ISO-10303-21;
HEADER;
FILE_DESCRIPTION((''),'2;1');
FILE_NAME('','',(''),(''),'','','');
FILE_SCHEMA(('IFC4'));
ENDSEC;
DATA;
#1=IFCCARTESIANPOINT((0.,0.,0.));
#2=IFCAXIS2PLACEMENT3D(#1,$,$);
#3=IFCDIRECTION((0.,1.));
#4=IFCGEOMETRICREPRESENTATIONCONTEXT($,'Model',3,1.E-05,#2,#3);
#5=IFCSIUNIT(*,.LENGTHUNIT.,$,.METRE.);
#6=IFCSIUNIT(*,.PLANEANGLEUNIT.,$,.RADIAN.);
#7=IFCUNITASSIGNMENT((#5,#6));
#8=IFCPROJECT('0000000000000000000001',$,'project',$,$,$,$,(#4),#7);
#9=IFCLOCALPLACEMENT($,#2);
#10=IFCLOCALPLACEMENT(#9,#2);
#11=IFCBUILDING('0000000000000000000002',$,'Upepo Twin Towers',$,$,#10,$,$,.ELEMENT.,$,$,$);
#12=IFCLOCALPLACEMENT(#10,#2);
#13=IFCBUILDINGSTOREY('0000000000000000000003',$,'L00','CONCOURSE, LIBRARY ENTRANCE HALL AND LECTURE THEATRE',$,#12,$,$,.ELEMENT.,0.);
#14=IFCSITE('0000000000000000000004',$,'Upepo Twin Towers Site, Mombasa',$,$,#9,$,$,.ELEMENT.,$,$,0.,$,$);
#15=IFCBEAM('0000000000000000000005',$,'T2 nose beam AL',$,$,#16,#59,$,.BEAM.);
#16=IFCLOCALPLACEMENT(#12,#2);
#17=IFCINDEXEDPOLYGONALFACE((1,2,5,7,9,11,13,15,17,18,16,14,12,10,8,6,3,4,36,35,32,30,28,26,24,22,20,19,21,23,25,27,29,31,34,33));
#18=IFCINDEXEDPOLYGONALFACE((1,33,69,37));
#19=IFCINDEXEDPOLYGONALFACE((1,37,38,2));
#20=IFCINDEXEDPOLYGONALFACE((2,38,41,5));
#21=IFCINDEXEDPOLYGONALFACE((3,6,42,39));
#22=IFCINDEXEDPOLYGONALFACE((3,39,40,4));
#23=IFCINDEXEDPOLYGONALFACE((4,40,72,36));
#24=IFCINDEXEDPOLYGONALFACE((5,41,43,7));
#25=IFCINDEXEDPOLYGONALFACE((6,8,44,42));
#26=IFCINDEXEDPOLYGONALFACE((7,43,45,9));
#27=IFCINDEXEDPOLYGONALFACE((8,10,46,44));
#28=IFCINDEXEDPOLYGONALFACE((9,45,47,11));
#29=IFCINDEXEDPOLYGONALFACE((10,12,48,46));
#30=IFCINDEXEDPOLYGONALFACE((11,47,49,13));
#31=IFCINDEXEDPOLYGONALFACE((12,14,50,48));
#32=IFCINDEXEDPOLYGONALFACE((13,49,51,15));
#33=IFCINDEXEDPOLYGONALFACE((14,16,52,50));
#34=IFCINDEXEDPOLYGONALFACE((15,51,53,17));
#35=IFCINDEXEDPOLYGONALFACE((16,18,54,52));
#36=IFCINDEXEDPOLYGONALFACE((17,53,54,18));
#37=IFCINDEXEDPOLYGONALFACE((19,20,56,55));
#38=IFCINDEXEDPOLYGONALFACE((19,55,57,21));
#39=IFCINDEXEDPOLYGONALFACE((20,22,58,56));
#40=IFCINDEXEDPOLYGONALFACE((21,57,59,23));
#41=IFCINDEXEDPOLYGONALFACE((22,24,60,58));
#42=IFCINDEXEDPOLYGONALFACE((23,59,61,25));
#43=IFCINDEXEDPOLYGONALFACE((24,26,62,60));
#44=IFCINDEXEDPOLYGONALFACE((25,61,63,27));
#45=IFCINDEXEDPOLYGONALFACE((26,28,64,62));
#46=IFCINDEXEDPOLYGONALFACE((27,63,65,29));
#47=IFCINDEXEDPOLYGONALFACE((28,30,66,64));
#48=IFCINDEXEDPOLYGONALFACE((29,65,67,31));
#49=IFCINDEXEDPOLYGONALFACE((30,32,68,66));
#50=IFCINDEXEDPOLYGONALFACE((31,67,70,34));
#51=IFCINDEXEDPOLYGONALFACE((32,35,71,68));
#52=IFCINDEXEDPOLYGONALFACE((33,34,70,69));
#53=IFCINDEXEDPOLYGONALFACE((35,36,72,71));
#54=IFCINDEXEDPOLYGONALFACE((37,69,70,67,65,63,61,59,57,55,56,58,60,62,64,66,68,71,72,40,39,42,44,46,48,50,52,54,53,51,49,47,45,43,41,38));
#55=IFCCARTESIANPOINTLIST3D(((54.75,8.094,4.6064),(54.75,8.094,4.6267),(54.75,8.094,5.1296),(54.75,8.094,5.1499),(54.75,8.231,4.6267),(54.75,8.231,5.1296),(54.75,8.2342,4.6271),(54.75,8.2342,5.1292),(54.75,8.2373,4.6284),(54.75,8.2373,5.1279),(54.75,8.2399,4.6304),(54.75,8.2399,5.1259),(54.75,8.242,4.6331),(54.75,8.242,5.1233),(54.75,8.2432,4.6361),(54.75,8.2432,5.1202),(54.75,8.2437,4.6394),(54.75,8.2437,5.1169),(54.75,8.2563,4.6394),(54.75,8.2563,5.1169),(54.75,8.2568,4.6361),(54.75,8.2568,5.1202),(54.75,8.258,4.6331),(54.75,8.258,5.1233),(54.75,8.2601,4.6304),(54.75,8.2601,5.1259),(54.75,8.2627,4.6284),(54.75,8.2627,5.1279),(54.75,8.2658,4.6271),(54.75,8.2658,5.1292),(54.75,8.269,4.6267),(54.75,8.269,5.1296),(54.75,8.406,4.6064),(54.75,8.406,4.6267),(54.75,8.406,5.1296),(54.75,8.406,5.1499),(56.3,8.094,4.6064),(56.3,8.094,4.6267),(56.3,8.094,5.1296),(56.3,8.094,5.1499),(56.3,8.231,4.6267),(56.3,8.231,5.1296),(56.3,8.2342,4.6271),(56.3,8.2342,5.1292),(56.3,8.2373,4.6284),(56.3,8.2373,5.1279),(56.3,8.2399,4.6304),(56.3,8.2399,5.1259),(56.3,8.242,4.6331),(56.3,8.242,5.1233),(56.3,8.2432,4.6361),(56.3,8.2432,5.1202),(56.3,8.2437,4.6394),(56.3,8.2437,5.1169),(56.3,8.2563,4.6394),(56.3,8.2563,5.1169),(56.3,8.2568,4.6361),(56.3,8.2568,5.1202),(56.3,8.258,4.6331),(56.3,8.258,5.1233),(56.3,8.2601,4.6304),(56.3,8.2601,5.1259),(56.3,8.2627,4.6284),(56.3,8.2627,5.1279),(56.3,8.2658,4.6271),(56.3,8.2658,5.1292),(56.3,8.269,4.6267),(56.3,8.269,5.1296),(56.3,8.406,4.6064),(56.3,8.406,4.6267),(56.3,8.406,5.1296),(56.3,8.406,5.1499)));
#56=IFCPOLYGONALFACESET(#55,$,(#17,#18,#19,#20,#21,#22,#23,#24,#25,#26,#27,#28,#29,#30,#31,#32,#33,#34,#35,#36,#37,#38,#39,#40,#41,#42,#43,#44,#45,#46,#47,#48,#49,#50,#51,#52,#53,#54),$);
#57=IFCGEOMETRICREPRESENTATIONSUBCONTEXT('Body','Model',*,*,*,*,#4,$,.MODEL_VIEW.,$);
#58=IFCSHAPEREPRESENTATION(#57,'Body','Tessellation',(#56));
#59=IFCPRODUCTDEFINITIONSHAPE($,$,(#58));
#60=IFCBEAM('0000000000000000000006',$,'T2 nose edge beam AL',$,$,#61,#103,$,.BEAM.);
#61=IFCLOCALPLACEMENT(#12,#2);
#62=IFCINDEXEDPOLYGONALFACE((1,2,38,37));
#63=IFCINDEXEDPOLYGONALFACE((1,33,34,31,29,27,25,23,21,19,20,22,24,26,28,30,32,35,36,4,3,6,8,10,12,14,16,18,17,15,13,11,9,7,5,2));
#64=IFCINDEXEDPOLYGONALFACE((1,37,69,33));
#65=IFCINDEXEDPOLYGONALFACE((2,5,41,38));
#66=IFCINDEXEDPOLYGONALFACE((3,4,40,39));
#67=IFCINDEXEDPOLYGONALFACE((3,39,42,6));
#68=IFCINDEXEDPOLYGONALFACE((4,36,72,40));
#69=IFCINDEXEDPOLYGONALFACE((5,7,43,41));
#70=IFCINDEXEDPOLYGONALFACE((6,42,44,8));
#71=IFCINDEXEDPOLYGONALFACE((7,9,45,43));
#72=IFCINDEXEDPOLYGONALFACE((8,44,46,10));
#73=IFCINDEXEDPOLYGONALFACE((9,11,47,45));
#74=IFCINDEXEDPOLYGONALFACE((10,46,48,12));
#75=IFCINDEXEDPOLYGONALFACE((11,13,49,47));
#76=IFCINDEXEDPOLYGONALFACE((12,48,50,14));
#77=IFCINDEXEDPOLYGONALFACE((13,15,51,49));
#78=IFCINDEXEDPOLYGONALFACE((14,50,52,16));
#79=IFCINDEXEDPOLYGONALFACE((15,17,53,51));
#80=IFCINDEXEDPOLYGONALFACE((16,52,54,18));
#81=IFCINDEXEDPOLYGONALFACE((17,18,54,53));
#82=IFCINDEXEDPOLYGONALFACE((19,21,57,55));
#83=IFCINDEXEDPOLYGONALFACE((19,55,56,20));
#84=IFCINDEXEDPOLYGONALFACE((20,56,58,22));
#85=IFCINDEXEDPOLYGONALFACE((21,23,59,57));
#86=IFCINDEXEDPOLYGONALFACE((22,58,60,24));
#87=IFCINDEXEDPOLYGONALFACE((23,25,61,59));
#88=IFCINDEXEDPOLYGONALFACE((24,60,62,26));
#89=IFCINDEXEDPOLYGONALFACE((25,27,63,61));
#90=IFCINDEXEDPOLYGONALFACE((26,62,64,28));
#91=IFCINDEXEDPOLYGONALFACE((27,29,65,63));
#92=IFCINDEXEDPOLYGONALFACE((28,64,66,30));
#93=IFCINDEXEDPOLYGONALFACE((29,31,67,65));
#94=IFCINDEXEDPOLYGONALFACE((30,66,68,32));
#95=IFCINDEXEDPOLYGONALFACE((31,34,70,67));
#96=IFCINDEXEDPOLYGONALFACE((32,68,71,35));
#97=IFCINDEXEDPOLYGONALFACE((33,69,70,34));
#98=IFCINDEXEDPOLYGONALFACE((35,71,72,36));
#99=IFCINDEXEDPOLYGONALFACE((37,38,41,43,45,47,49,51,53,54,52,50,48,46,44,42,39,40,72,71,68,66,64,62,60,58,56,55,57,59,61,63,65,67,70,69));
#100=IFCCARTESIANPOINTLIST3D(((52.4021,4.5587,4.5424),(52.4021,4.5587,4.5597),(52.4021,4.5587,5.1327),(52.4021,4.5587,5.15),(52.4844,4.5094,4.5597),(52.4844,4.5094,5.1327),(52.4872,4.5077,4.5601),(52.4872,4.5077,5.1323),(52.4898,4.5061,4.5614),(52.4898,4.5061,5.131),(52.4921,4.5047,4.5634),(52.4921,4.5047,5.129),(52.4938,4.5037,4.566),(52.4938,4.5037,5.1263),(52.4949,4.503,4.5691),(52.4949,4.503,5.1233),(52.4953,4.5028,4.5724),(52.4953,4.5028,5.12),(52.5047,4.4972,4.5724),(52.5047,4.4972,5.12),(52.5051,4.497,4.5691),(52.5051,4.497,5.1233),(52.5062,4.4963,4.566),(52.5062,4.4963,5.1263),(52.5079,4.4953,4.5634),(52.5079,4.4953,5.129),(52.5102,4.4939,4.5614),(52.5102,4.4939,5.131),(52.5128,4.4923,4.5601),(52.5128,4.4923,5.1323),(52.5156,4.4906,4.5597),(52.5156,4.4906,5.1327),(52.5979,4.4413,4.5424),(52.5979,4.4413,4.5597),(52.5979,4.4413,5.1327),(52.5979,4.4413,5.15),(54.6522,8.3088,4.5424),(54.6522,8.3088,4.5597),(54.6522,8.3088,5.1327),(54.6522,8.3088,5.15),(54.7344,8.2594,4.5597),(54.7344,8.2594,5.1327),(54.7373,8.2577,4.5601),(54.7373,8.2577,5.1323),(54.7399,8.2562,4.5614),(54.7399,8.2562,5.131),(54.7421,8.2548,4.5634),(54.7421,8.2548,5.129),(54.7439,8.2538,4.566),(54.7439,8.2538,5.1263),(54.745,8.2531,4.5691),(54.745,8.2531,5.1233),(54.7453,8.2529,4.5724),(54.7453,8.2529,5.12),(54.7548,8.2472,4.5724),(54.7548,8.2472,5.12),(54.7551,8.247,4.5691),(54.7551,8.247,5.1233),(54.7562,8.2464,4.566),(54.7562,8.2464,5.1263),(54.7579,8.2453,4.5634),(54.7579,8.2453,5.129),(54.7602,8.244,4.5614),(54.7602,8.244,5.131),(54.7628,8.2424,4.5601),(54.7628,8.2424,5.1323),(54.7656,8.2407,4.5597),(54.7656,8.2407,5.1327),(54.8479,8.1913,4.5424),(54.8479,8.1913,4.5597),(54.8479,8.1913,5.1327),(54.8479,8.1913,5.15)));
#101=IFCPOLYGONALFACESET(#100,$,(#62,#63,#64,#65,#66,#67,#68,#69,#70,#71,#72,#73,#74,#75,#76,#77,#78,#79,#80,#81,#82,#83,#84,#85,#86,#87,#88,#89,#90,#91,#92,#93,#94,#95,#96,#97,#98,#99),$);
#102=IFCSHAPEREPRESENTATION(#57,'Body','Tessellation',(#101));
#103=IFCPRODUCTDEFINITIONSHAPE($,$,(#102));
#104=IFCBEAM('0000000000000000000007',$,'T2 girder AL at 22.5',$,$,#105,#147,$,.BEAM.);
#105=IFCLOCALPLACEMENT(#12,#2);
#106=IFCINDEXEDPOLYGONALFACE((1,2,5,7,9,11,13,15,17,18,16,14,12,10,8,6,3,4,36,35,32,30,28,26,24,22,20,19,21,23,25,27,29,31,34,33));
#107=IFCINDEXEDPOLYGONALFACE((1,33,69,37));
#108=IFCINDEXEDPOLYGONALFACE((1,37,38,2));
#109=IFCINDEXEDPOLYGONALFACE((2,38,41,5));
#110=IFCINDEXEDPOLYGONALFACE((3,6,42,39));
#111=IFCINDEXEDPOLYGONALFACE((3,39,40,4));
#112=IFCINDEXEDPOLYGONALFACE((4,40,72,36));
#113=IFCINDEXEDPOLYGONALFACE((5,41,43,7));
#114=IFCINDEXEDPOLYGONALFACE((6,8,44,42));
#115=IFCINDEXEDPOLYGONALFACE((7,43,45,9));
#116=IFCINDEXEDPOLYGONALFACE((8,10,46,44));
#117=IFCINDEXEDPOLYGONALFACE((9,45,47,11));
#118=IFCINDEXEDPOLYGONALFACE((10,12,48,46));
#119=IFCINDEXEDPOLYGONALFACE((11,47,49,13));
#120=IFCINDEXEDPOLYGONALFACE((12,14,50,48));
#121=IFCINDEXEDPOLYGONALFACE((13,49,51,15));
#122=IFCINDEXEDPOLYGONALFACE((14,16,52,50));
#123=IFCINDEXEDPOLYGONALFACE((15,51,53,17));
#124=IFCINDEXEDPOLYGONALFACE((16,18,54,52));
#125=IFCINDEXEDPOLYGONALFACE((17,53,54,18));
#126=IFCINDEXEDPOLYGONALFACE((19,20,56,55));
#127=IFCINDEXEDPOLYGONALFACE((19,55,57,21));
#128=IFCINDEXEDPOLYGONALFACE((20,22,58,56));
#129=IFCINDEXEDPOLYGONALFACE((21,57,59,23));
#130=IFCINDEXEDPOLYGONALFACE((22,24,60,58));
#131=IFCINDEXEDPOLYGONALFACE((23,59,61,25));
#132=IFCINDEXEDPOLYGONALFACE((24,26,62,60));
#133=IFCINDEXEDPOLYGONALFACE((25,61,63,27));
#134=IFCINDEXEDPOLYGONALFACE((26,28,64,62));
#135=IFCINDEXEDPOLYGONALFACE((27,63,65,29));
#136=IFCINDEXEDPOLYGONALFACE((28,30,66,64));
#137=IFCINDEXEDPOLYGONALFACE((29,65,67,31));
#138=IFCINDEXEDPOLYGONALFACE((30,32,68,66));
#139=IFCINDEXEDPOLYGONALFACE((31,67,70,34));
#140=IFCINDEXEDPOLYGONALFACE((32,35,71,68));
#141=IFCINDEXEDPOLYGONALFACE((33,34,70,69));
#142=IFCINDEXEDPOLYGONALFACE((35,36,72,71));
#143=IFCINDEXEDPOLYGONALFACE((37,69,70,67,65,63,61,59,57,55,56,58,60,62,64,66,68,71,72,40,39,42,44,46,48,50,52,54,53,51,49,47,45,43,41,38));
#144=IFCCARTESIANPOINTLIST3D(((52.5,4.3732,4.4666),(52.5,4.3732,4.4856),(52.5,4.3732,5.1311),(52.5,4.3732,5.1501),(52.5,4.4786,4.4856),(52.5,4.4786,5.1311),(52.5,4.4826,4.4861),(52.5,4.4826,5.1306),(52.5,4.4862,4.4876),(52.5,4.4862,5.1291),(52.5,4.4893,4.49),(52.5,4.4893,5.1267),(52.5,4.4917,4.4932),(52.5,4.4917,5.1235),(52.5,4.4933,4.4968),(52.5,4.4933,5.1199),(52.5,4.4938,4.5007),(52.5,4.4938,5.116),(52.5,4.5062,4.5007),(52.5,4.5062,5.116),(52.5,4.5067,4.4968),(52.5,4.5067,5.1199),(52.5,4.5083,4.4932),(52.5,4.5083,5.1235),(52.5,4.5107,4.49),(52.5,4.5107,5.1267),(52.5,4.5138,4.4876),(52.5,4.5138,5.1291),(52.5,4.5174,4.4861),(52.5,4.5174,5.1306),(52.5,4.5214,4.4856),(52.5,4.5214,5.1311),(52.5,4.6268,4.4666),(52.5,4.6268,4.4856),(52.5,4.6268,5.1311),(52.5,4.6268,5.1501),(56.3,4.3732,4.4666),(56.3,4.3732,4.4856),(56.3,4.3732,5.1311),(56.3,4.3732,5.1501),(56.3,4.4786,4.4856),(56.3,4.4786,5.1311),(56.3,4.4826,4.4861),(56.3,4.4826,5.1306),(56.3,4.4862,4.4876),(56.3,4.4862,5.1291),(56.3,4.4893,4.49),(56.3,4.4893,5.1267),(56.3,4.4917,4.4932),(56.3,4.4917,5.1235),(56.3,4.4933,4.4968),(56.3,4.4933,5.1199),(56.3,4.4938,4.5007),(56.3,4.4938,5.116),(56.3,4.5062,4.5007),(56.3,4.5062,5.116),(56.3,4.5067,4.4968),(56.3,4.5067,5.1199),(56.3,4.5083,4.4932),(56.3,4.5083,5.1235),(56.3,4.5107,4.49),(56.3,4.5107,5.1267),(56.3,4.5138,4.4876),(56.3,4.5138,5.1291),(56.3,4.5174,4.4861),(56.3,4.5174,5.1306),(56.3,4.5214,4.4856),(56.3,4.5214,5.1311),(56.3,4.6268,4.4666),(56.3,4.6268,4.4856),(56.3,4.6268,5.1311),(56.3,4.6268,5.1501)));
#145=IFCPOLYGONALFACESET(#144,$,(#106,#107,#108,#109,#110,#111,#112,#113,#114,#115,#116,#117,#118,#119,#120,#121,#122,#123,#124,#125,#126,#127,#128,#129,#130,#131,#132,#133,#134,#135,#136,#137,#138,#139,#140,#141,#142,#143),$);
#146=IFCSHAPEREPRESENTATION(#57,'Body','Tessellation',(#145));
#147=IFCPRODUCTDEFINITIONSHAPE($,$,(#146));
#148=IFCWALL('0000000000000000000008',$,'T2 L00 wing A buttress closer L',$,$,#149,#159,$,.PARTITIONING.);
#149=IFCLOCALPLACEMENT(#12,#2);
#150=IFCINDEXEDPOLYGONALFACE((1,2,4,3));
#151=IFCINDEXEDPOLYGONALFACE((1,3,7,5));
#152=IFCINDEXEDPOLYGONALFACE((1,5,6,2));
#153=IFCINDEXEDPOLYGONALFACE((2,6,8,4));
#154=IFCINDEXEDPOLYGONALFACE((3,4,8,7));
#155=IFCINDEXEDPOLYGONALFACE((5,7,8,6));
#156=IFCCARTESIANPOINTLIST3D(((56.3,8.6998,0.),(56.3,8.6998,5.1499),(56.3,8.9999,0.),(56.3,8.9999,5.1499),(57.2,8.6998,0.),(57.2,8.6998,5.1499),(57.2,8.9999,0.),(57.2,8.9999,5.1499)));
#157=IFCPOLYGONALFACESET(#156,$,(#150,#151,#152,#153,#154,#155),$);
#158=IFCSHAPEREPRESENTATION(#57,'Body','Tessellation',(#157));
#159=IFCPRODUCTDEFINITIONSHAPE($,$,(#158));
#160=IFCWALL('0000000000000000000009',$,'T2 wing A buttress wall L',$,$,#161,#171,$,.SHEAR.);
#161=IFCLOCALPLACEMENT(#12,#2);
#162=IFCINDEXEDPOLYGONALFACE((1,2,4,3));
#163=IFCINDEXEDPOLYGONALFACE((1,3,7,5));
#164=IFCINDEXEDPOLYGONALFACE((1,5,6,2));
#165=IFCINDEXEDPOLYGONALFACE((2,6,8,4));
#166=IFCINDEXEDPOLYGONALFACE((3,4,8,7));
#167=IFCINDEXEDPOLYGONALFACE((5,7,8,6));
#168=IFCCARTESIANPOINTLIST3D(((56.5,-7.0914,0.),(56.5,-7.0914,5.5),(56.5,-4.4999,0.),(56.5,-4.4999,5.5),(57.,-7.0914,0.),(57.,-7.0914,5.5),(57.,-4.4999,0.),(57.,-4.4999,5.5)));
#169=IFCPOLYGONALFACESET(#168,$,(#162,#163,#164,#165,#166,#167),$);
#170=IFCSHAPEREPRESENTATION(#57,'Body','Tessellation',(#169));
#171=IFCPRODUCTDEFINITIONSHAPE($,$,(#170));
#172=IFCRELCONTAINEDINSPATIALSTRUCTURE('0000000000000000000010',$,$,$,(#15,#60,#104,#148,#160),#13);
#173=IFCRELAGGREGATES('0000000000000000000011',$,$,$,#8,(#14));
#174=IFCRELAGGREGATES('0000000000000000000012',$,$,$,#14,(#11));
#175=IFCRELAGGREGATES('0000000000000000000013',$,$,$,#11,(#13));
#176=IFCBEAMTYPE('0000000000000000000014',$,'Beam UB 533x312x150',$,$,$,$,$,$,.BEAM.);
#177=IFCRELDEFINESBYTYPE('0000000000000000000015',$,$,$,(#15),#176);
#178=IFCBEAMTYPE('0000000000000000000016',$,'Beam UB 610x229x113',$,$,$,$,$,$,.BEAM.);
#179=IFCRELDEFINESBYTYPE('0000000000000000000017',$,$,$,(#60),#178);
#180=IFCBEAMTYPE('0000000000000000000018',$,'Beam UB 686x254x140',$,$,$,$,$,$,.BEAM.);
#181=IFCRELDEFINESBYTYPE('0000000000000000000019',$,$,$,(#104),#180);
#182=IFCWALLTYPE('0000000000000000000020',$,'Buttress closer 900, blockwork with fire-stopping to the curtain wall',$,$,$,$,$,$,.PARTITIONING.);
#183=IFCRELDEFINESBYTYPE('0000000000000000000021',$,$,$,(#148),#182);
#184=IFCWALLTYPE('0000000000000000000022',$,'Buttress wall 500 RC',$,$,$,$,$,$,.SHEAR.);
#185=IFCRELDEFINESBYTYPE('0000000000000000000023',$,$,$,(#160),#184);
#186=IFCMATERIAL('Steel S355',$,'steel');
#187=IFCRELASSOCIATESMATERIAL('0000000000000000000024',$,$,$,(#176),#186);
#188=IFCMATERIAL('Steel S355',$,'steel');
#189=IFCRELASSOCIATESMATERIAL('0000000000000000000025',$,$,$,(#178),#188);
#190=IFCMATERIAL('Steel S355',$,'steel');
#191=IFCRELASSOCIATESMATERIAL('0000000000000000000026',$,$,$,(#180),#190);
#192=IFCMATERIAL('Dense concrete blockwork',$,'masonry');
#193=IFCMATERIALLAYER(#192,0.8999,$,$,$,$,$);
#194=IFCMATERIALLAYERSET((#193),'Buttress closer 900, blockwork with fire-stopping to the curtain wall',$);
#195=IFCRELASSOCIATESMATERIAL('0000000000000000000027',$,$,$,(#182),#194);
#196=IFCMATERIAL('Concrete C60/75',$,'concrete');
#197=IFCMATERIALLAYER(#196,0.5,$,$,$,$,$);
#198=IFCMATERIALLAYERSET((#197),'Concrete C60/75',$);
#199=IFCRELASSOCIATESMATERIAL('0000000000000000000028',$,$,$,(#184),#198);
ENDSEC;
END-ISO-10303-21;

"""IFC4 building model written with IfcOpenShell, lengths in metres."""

from ifc_helpers import new_model, si_unit, direction, frame, frame_2d, origin, origin_2d, place, context, subcontext, project, spatial, rectangle, i_section, extrude, material, layer, layer_set, material_profile, profile_set, type_object, element, save


model = new_model("IFC4")

# Units and contexts
model_context = context("Model", 3, precision=1e-05, world=origin(), true_north=direction((0.0, 1.0)))
body_context = subcontext(model_context, "Body", "Model", "MODEL_VIEW")
ifc_project = project(units=[si_unit("LENGTHUNIT", "METRE"), si_unit("PLANEANGLEUNIT", "RADIAN")], contexts=[model_context])

# Site, building, storey
site_placement = place(None, origin())
site = spatial("IfcSite", under=ifc_project, at=site_placement, Name="Upepo Twin Towers Site, Mombasa", CompositionType="ELEMENT", RefElevation=0.0)
building_placement = place(site_placement, origin())
building = spatial("IfcBuilding", under=site, at=building_placement, Name="Upepo Twin Towers", CompositionType="ELEMENT")
storey_placement = place(building_placement, origin())
storey = spatial("IfcBuildingStorey", under=building, at=storey_placement, Name="L00", Description="CONCOURSE, LIBRARY ENTRANCE HALL AND LECTURE THEATRE", CompositionType="ELEMENT", Elevation=0.0)

# Beams
ifc_material_1 = material(Name="Steel S355", Category="steel")
ifc_material_profile_1 = material_profile(ifc_material_1, i_section(OverallWidth=0.312, OverallDepth=0.5435, WebThickness=0.0127, FlangeThickness=0.0203, FilletRadius=0.0127, at=origin_2d()), Name="UB 533x312x150")
ifc_profile_set_1 = profile_set([ifc_material_profile_1], Name="Steel S355")
beam_type_1 = type_object("IfcBeamType", Name="Beam UB 533x312x150", PredefinedType="BEAM", material=ifc_profile_set_1)
beam_1_placement = place(storey_placement, frame((54.75, 8.25, 4.8782), z_axis=(1.0, 0.0, 0.0), x_axis=(0.0, 1.0, 0.0)))
element("IfcBeam", 1, at=beam_1_placement, inside=storey, type_object=beam_type_1, Name="T2 nose beam AL", PredefinedType="BEAM", context=body_context, shape_type="SweptSolid", body=[
    extrude(i_section(OverallWidth=0.312, OverallDepth=0.5435, WebThickness=0.0127, FlangeThickness=0.0203, FilletRadius=0.0127, at=origin_2d()), origin(), (0.0, 0.0, 1.0), 1.55),
])
ifc_material_2 = material(Name="Steel S355", Category="steel")
ifc_material_profile_2 = material_profile(ifc_material_2, i_section(OverallWidth=0.2283, OverallDepth=0.6077, WebThickness=0.011, FlangeThickness=0.0173, FilletRadius=0.0127, at=origin_2d()), Name="UB 610x229x113")
ifc_profile_set_2 = profile_set([ifc_material_profile_2], Name="Steel S355")
beam_type_2 = type_object("IfcBeamType", Name="Beam UB 610x229x113", PredefinedType="BEAM", material=ifc_profile_set_2)
beam_2_placement = place(storey_placement, frame((52.5, 4.5, 4.8462), z_axis=(0.514496, 0.857493, 0.0), x_axis=(-0.857493, 0.514496, 0.0)))
element("IfcBeam", 2, at=beam_2_placement, inside=storey, type_object=beam_type_2, Name="T2 nose edge beam AL", PredefinedType="BEAM", context=body_context, shape_type="SweptSolid", body=[
    extrude(i_section(OverallWidth=0.2283, OverallDepth=0.6077, WebThickness=0.011, FlangeThickness=0.0173, FilletRadius=0.0127, at=origin_2d()), origin(), (0.0, 0.0, 1.0), 4.3733),
])
ifc_material_3 = material(Name="Steel S355", Category="steel")
ifc_material_profile_3 = material_profile(ifc_material_3, i_section(OverallWidth=0.2537, OverallDepth=0.6836, WebThickness=0.0125, FlangeThickness=0.019, FilletRadius=0.0151, at=origin_2d()), Name="UB 686x254x140")
ifc_profile_set_3 = profile_set([ifc_material_profile_3], Name="Steel S355")
beam_type_3 = type_object("IfcBeamType", Name="Beam UB 686x254x140", PredefinedType="BEAM", material=ifc_profile_set_3)
beam_3_placement = place(storey_placement, frame((52.5, 4.5, 4.8083), z_axis=(1.0, 0.0, 0.0), x_axis=(0.0, 1.0, 0.0)))
element("IfcBeam", 3, at=beam_3_placement, inside=storey, type_object=beam_type_3, Name="T2 girder AL at 22.5", PredefinedType="BEAM", context=body_context, shape_type="SweptSolid", body=[
    extrude(i_section(OverallWidth=0.2537, OverallDepth=0.6836, WebThickness=0.0125, FlangeThickness=0.019, FilletRadius=0.0151, at=origin_2d()), origin(), (0.0, 0.0, 1.0), 3.8),
])

# Walls
ifc_material_4 = material(Name="Dense concrete blockwork", Category="masonry")
ifc_layer_1 = layer(ifc_material_4, 0.8999)
ifc_layer_set_1 = layer_set([ifc_layer_1], Name="Buttress closer 900, blockwork with fire-stopping to the curtain wall")
wall_type_1 = type_object("IfcWallType", Name="Buttress closer 900, blockwork with fire-stopping to the curtain wall", PredefinedType="PARTITIONING", material=ifc_layer_set_1)
wall_1_placement = place(storey_placement, frame((56.75, 8.7, 0.0), z_axis=(0.0, 0.0, 1.0), x_axis=(0.0, 1.0, 0.0)))
element("IfcWall", 4, at=wall_1_placement, inside=storey, type_object=wall_type_1, Name="T2 L00 wing A buttress closer L", PredefinedType="PARTITIONING", context=body_context, shape_type="SweptSolid", body=[
    extrude(rectangle(XDim=0.3, YDim=0.8999, at=frame_2d((0.1499, 0.0))), origin(), (0.0, 0.0, 1.0), 5.1499),
])
ifc_material_5 = material(Name="Concrete C60/75", Category="concrete")
ifc_layer_2 = layer(ifc_material_5, 0.5)
ifc_layer_set_2 = layer_set([ifc_layer_2], Name="Concrete C60/75")
wall_type_2 = type_object("IfcWallType", Name="Buttress wall 500 RC", PredefinedType="SHEAR", material=ifc_layer_set_2)
wall_2_placement = place(storey_placement, frame((56.75, -7.0916, 0.0), z_axis=(0.0, 0.0, 1.0), x_axis=(0.0, 1.0, 0.0)))
element("IfcWall", 5, at=wall_2_placement, inside=storey, type_object=wall_type_2, Name="T2 wing A buttress wall L", PredefinedType="SHEAR", context=body_context, shape_type="SweptSolid", body=[
    extrude(rectangle(XDim=2.5916, YDim=0.5, at=frame_2d((1.2959, 0.0))), origin(), (0.0, 0.0, 1.0), 5.5),
])

save(model, "model.ifc")
